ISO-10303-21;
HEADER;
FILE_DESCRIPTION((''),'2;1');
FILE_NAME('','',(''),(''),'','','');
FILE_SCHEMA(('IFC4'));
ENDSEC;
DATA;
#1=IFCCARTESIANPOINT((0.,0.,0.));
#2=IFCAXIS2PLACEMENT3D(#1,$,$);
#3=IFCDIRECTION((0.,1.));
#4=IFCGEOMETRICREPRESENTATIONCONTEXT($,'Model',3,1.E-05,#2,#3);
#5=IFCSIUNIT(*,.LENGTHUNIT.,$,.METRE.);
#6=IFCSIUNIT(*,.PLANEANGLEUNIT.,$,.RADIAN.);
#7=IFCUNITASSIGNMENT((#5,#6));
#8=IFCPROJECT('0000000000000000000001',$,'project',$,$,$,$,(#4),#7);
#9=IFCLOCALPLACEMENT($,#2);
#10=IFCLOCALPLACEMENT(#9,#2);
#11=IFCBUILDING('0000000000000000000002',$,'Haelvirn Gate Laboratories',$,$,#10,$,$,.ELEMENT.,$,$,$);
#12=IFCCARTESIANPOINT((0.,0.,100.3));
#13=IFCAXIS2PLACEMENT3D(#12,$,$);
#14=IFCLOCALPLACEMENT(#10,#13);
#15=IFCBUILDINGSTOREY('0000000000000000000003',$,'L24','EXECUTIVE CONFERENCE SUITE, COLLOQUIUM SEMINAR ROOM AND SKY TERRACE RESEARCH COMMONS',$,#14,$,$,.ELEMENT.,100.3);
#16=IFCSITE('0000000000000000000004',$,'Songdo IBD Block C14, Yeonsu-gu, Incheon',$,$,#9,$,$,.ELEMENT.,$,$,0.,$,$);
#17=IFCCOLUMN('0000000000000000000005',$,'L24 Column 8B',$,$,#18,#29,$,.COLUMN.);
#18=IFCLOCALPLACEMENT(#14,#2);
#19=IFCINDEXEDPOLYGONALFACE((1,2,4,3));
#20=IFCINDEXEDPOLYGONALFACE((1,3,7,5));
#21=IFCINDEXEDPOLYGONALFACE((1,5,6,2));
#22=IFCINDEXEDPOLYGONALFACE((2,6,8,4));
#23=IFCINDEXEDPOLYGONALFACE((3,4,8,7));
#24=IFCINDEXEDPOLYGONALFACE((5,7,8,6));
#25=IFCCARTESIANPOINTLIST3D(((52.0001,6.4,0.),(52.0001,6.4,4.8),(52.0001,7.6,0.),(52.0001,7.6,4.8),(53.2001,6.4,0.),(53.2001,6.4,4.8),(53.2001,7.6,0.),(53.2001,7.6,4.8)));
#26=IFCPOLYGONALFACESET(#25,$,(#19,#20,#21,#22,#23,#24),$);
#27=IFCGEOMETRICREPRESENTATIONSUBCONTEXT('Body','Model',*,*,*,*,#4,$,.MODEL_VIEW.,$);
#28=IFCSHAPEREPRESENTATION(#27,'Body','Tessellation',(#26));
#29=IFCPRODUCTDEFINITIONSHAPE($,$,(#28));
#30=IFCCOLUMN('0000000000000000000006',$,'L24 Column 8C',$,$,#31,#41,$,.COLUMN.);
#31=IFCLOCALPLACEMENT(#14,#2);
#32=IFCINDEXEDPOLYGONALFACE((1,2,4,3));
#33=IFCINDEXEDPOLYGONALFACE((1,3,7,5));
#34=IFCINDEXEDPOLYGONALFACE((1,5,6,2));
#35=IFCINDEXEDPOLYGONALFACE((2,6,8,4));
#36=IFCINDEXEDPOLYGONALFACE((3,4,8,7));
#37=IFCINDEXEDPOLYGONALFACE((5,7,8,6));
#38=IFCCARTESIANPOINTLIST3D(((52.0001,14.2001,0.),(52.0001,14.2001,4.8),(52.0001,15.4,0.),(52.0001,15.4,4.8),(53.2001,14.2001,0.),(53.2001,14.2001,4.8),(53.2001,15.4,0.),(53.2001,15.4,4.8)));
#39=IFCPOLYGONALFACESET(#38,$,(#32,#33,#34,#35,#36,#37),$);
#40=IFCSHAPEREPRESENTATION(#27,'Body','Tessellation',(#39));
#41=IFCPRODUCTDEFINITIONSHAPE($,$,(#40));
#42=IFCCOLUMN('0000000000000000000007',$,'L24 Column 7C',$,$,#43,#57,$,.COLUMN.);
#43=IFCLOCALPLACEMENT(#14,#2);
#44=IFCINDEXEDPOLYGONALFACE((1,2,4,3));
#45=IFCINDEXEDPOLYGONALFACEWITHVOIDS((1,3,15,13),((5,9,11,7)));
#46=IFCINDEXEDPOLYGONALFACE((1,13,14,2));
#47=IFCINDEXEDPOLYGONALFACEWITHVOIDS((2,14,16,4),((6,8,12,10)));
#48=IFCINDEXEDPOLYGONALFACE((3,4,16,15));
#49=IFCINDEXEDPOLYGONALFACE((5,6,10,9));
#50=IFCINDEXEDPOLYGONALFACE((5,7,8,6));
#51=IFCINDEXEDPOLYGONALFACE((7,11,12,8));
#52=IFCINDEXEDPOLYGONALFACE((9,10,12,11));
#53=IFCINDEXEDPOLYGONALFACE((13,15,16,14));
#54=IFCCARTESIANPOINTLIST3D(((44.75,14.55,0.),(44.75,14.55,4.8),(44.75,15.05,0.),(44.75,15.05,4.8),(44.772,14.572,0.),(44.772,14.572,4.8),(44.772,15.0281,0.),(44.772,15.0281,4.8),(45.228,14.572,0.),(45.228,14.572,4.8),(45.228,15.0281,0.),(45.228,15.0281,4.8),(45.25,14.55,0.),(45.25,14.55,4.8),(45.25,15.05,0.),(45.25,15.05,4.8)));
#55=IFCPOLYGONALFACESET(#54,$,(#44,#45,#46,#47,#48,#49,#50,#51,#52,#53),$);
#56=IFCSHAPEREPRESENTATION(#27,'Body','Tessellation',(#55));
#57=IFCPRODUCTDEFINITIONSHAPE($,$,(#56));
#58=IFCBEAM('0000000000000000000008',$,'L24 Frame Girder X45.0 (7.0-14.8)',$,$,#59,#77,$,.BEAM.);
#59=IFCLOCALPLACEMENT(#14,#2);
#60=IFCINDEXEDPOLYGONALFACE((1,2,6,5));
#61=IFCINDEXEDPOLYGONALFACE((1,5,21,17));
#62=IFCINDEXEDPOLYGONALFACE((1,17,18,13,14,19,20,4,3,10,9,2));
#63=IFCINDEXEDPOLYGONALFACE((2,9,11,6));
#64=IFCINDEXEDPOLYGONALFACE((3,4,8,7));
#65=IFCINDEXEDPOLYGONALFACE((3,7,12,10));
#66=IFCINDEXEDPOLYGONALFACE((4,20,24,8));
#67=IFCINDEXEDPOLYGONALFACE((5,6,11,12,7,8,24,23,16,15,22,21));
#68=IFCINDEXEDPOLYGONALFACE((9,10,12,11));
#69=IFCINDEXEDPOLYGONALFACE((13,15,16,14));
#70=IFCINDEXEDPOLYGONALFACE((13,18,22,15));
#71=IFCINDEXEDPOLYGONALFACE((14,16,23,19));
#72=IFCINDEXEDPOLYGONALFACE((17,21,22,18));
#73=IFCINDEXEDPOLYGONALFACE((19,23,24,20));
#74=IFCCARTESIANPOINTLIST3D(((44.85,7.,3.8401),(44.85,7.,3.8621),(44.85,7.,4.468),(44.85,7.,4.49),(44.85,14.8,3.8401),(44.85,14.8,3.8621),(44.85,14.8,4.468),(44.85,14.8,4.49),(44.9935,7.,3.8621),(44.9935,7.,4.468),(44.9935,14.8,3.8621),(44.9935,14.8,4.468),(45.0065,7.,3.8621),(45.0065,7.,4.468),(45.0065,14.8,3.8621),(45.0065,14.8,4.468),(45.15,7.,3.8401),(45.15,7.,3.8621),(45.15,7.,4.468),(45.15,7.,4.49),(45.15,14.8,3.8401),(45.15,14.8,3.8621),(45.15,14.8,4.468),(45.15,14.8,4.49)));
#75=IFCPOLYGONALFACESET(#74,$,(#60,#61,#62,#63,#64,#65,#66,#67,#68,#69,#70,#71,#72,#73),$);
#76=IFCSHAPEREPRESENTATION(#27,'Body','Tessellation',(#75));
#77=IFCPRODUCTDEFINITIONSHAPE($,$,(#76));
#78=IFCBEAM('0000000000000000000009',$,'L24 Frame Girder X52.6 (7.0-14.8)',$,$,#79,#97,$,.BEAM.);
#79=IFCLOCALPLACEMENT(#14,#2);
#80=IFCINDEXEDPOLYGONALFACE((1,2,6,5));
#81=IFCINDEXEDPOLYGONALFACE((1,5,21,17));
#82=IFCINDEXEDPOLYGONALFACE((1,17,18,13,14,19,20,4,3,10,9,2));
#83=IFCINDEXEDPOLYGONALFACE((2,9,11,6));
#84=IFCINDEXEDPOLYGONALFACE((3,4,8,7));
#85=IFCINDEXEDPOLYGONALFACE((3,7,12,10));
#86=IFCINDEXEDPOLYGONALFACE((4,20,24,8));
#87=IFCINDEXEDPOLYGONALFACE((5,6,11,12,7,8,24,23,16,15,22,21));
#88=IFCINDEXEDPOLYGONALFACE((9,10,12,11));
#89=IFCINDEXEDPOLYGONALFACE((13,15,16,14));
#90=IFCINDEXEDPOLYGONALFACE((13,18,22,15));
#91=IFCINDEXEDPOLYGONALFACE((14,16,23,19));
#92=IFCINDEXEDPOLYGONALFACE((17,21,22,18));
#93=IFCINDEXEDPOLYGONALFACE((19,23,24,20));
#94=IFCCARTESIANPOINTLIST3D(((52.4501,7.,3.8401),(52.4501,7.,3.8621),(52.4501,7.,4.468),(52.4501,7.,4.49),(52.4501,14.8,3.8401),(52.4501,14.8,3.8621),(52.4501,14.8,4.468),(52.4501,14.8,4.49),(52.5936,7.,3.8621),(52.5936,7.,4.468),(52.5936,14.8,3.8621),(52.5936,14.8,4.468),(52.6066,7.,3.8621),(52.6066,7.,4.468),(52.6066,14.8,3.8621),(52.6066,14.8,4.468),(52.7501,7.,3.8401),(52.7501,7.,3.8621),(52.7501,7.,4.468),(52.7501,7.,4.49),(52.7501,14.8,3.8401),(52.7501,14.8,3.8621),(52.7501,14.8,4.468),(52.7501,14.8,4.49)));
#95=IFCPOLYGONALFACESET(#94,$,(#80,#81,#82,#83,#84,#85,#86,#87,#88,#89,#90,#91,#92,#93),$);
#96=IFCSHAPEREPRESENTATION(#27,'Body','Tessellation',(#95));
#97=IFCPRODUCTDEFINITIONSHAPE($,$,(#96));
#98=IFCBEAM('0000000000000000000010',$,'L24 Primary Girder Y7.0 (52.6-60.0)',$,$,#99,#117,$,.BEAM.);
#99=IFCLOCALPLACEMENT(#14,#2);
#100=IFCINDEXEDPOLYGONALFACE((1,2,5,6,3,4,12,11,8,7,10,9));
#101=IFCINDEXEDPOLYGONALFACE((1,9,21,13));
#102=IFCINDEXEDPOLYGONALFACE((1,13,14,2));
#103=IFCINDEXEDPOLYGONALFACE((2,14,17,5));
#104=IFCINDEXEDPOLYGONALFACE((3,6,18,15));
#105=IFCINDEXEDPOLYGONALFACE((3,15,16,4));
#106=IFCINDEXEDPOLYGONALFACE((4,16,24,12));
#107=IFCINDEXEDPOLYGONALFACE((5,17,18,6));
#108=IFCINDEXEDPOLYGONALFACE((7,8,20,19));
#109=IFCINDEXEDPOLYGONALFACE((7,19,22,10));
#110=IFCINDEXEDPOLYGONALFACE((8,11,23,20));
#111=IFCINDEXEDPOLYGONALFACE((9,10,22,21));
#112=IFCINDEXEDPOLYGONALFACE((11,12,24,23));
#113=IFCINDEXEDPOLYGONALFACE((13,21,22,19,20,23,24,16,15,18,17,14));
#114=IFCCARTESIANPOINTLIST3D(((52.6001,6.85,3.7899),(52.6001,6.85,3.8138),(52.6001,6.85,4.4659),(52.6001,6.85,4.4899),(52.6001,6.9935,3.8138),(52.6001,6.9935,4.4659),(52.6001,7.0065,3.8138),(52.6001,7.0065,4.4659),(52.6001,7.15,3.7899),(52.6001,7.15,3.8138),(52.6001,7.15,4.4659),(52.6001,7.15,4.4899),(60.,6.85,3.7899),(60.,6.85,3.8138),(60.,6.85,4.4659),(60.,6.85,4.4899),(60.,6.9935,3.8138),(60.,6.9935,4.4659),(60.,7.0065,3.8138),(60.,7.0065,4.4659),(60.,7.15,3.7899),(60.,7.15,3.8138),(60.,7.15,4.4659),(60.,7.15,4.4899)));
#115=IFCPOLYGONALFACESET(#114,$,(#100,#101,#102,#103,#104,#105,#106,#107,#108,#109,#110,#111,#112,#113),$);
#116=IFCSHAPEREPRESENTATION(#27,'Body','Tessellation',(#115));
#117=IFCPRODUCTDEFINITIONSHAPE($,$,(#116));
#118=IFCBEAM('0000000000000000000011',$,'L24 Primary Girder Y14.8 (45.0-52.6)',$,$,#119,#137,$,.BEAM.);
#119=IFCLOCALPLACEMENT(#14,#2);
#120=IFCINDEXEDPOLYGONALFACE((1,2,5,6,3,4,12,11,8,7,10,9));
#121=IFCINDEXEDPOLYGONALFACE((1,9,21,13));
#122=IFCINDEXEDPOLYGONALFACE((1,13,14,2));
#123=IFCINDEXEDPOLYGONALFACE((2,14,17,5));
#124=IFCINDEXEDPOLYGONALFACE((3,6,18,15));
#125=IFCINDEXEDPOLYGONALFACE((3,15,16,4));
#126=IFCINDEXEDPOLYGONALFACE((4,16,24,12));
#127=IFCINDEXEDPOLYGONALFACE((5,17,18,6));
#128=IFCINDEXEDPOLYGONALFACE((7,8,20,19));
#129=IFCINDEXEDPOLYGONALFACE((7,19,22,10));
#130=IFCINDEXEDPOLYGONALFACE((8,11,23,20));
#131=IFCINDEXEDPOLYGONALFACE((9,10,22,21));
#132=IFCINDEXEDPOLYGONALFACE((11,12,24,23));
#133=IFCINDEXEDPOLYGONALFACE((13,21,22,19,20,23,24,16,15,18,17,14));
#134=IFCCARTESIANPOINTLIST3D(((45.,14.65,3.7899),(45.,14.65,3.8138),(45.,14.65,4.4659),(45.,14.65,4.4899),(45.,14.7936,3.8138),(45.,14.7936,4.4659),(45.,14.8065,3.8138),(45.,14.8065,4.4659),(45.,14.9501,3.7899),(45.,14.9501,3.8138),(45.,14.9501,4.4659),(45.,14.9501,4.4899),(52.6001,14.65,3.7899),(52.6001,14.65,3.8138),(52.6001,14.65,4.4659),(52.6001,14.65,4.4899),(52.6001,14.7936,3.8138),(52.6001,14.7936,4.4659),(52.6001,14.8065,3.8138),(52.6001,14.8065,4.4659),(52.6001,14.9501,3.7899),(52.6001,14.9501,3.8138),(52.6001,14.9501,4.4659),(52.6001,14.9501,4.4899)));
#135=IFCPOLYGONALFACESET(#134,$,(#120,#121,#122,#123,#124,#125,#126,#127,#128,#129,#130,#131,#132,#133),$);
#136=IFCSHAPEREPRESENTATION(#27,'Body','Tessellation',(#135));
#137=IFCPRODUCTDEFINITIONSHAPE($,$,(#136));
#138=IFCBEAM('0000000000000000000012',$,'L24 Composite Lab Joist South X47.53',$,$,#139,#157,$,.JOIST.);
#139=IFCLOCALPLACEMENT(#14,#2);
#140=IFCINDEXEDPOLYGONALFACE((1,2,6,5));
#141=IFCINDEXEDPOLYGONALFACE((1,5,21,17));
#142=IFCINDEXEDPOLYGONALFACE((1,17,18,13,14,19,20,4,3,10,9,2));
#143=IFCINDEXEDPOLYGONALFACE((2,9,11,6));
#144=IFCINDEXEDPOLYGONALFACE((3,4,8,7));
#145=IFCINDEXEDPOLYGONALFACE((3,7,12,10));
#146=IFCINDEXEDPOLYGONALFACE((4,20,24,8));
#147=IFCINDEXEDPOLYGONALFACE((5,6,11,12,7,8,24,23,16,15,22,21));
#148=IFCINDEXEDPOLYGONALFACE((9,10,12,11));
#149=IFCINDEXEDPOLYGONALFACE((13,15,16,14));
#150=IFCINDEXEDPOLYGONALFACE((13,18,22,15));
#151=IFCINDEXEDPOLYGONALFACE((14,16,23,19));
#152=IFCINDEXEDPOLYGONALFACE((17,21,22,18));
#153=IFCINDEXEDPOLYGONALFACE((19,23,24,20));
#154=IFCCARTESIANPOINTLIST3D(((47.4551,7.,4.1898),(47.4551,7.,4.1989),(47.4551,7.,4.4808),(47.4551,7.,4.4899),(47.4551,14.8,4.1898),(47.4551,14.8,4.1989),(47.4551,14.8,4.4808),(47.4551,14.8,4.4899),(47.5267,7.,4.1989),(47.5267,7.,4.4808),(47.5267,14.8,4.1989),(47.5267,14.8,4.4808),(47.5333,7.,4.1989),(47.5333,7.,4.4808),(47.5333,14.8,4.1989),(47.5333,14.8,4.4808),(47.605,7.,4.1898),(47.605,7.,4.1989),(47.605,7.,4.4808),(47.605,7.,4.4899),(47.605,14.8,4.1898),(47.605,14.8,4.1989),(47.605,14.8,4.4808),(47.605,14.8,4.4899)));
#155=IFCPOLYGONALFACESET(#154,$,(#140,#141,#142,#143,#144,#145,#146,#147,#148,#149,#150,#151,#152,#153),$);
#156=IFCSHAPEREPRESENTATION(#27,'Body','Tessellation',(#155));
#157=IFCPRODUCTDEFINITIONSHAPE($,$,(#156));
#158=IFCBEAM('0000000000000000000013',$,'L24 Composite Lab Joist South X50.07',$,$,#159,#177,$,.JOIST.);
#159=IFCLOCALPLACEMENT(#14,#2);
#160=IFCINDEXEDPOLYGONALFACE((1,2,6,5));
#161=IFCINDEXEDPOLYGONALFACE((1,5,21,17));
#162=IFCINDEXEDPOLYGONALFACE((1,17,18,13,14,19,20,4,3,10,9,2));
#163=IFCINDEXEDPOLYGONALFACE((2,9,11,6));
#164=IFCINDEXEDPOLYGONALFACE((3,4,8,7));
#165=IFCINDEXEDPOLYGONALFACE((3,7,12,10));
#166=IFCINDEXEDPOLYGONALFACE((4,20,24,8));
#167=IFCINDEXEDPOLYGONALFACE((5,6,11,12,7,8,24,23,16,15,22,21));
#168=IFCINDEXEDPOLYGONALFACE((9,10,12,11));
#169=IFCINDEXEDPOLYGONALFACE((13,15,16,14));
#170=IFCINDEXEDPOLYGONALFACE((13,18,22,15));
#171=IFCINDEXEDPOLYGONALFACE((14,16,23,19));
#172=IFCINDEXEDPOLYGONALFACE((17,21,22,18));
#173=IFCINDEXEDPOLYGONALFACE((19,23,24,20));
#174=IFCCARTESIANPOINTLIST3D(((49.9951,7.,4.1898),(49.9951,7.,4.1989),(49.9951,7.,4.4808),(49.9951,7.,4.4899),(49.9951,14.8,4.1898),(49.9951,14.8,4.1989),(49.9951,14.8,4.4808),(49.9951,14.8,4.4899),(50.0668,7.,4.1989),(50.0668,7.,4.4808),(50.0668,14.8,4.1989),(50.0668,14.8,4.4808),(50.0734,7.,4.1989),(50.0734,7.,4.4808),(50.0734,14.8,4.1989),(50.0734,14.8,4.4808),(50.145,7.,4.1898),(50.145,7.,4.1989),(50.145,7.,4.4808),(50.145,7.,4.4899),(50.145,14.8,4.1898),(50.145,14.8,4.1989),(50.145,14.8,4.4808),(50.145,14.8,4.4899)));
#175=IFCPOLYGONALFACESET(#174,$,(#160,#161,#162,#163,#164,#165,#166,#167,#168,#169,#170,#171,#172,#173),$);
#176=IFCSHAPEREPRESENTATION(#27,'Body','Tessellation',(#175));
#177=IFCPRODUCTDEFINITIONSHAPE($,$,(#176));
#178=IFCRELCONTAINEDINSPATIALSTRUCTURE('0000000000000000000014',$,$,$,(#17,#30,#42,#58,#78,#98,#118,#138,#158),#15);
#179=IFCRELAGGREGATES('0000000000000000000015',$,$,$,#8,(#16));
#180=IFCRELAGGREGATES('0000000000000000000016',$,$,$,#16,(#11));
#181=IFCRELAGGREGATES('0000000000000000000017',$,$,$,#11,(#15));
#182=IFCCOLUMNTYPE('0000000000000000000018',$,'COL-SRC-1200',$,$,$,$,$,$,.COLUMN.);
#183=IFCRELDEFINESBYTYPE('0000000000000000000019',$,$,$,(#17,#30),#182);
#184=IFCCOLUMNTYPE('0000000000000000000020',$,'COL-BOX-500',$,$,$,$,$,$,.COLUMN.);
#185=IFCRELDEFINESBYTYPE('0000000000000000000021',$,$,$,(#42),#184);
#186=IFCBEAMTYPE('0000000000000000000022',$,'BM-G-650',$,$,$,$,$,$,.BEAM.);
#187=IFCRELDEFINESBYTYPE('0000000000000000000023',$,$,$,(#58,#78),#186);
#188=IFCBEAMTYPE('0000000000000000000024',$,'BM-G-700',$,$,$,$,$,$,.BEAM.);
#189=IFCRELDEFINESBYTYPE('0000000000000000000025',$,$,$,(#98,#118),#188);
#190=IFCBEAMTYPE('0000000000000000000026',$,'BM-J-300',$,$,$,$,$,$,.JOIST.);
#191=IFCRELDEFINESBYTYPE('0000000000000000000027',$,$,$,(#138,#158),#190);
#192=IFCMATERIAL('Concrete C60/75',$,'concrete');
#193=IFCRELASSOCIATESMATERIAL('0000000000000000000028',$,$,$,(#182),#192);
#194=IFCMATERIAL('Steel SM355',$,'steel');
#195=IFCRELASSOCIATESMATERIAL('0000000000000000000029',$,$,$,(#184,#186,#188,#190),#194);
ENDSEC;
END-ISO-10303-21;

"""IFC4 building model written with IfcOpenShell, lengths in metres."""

from ifc_helpers import new_model, si_unit, direction, frame, origin, origin_2d, place, context, subcontext, project, spatial, rectangle, hollow_rectangle, i_section, extrude, source, transform, mapped, material, material_profile, profile_set, type_object, type_shapes, element, save


model = new_model("IFC4")

# Units and contexts
model_context = context("Model", 3, precision=1e-05, world=origin(), true_north=direction((0.0, 1.0)))
body_context = subcontext(model_context, "Body", "Model", "MODEL_VIEW")
ifc_project = project(units=[si_unit("LENGTHUNIT", "METRE"), si_unit("PLANEANGLEUNIT", "RADIAN")], contexts=[model_context])

# Site, building, storey
site_placement = place(None, origin())
site = spatial("IfcSite", under=ifc_project, at=site_placement, Name="Songdo IBD Block C14, Yeonsu-gu, Incheon", CompositionType="ELEMENT", RefElevation=0.0)
building_placement = place(site_placement, origin())
building = spatial("IfcBuilding", under=site, at=building_placement, Name="Haelvirn Gate Laboratories", CompositionType="ELEMENT")
storey_placement = place(building_placement, frame((0.0, 0.0, 100.3)))
storey = spatial("IfcBuildingStorey", under=building, at=storey_placement, Name="L24", Description="EXECUTIVE CONFERENCE SUITE, COLLOQUIUM SEMINAR ROOM AND SKY TERRACE RESEARCH COMMONS", CompositionType="ELEMENT", Elevation=100.3)

# Columns
ifc_material_1 = material(Name="Concrete C60/75", Category="concrete")
ifc_material_profile_1 = material_profile(ifc_material_1, rectangle(XDim=1.2, YDim=1.2, at=origin_2d()), Name="SRC-1200x1200")
ifc_profile_set_1 = profile_set([ifc_material_profile_1], Name="Concrete C60/75")
column_type_1 = type_object("IfcColumnType", Name="COL-SRC-1200", PredefinedType="COLUMN", material=ifc_profile_set_1)
shared_shape_1 = source(origin(), body_context, "Body", "SweptSolid", [
    extrude(rectangle(XDim=1.2, YDim=1.2, at=origin_2d()), origin(), (0.0, 0.0, 1.0), 4.8),
])
type_shapes(column_type_1, [shared_shape_1])
for number, where, z_axis, x_axis, name in (
    (1, (52.6001, 7.0, 0.0), (0.0, 0.0, 1.0), (1.0, 0.0, 0.0), "L24 Column 8B"),
    (2, (52.6001, 14.8, 0.0), (0.0, 0.0, 1.0), (1.0, 0.0, 0.0), "L24 Column 8C"),
):
    element("IfcColumn", number, at=place(storey_placement, frame(where, z_axis=z_axis, x_axis=x_axis)), inside=storey, type_object=column_type_1, Name=name, PredefinedType="COLUMN", context=body_context, shape_type="MappedRepresentation", body=[
        mapped(shared_shape_1, transform((0.0, 0.0, 0.0), scale=1.0)),
    ])
ifc_material_2 = material(Name="Steel SM355", Category="steel")
ifc_material_profile_2 = material_profile(ifc_material_2, hollow_rectangle(XDim=0.5, YDim=0.5, WallThickness=0.022, at=origin_2d()), Name="BOX-500x500x22")
ifc_profile_set_2 = profile_set([ifc_material_profile_2], Name="Steel SM355")
column_type_2 = type_object("IfcColumnType", Name="COL-BOX-500", PredefinedType="COLUMN", material=ifc_profile_set_2)
shared_shape_2 = source(origin(), body_context, "Body", "SweptSolid", [
    extrude(hollow_rectangle(XDim=0.5, YDim=0.5, WallThickness=0.022, at=origin_2d()), origin(), (0.0, 0.0, 1.0), 4.8),
])
type_shapes(column_type_2, [shared_shape_2])
column_placement = place(storey_placement, frame((45.0, 14.8, 0.0), z_axis=(0.0, 0.0, 1.0), x_axis=(1.0, 0.0, 0.0)))
element("IfcColumn", 3, at=column_placement, inside=storey, type_object=column_type_2, Name="L24 Column 7C", PredefinedType="COLUMN", context=body_context, shape_type="MappedRepresentation", body=[
    mapped(shared_shape_2, transform((0.0, 0.0, 0.0), scale=1.0)),
])

# Beams
ifc_material_profile_3 = material_profile(ifc_material_2, i_section(OverallWidth=0.3, OverallDepth=0.6499, WebThickness=0.0129, FlangeThickness=0.022, at=origin_2d()), Name="H-650x300x13x22")
ifc_profile_set_3 = profile_set([ifc_material_profile_3], Name="Steel SM355")
beam_type_1 = type_object("IfcBeamType", Name="BM-G-650", PredefinedType="BEAM", material=ifc_profile_set_3)
shared_shape_3 = source(origin(), body_context, "Body", "SweptSolid", [
    extrude(i_section(OverallWidth=0.3, OverallDepth=0.6499, WebThickness=0.0129, FlangeThickness=0.022, at=origin_2d()), origin(), (0.0, 0.0, 1.0), 7.8),
])
type_shapes(beam_type_1, [shared_shape_3])
for number, where, z_axis, x_axis, name in (
    (4, (45.0, 7.0, 4.165), (0.0, 1.0, 0.0), (-1.0, 0.0, 0.0), "L24 Frame Girder X45.0 (7.0-14.8)"),
    (5, (52.6001, 7.0, 4.165), (0.0, 1.0, 0.0), (-1.0, 0.0, 0.0), "L24 Frame Girder X52.6 (7.0-14.8)"),
):
    element("IfcBeam", number, at=place(storey_placement, frame(where, z_axis=z_axis, x_axis=x_axis)), inside=storey, type_object=beam_type_1, Name=name, PredefinedType="BEAM", context=body_context, shape_type="MappedRepresentation", body=[
        mapped(shared_shape_3, transform((0.0, 0.0, 0.0), scale=1.0)),
    ])
ifc_material_profile_4 = material_profile(ifc_material_2, i_section(OverallWidth=0.3, OverallDepth=0.7, WebThickness=0.0129, FlangeThickness=0.0239, at=origin_2d()), Name="H-700x300x13x24")
ifc_profile_set_4 = profile_set([ifc_material_profile_4], Name="Steel SM355")
beam_type_2 = type_object("IfcBeamType", Name="BM-G-700", PredefinedType="BEAM", material=ifc_profile_set_4)
shared_shape_4 = source(origin(), body_context, "Body", "SweptSolid", [
    extrude(i_section(OverallWidth=0.3, OverallDepth=0.7, WebThickness=0.0129, FlangeThickness=0.0239, at=origin_2d()), origin(), (0.0, 0.0, 1.0), 7.3999),
])
beam_1_placement = place(storey_placement, frame((52.6001, 7.0, 4.1399), z_axis=(1.0, 0.0, 0.0), x_axis=(0.0, 1.0, 0.0)))
element("IfcBeam", 6, at=beam_1_placement, inside=storey, type_object=beam_type_2, Name="L24 Primary Girder Y7.0 (52.6-60.0)", PredefinedType="BEAM", context=body_context, shape_type="MappedRepresentation", body=[
    mapped(shared_shape_4, transform((0.0, 0.0, 0.0), scale=1.0)),
])
shared_shape_5 = source(origin(), body_context, "Body", "SweptSolid", [
    extrude(i_section(OverallWidth=0.3, OverallDepth=0.7, WebThickness=0.0129, FlangeThickness=0.0239, at=origin_2d()), origin(), (0.0, 0.0, 1.0), 7.6001),
])
type_shapes(beam_type_2, [shared_shape_4, shared_shape_5])
beam_2_placement = place(storey_placement, frame((45.0, 14.8, 4.1399), z_axis=(1.0, 0.0, 0.0), x_axis=(0.0, 1.0, 0.0)))
element("IfcBeam", 7, at=beam_2_placement, inside=storey, type_object=beam_type_2, Name="L24 Primary Girder Y14.8 (45.0-52.6)", PredefinedType="BEAM", context=body_context, shape_type="MappedRepresentation", body=[
    mapped(shared_shape_5, transform((0.0, 0.0, 0.0), scale=1.0)),
])
ifc_material_profile_5 = material_profile(ifc_material_2, i_section(OverallWidth=0.1499, OverallDepth=0.3, WebThickness=0.0066, FlangeThickness=0.009, at=origin_2d()), Name="H-300x150x6.5x9")
ifc_profile_set_5 = profile_set([ifc_material_profile_5], Name="Steel SM355")
beam_type_3 = type_object("IfcBeamType", Name="BM-J-300", PredefinedType="JOIST", material=ifc_profile_set_5)
shared_shape_6 = source(origin(), body_context, "Body", "SweptSolid", [
    extrude(i_section(OverallWidth=0.1499, OverallDepth=0.3, WebThickness=0.0066, FlangeThickness=0.009, at=origin_2d()), origin(), (0.0, 0.0, 1.0), 7.8),
])
type_shapes(beam_type_3, [shared_shape_6])
for number, where, z_axis, x_axis, name in (
    (8, (47.53, 7.0, 4.3398), (0.0, 1.0, 0.0), (-1.0, 0.0, 0.0), "L24 Composite Lab Joist South X47.53"),
    (9, (50.0701, 7.0, 4.3398), (0.0, 1.0, 0.0), (-1.0, 0.0, 0.0), "L24 Composite Lab Joist South X50.07"),
):
    element("IfcBeam", number, at=place(storey_placement, frame(where, z_axis=z_axis, x_axis=x_axis)), inside=storey, type_object=beam_type_3, Name=name, PredefinedType="JOIST", context=body_context, shape_type="MappedRepresentation", body=[
        mapped(shared_shape_6, transform((0.0, 0.0, 0.0), scale=1.0)),
    ])

save(model, "model.ifc")
